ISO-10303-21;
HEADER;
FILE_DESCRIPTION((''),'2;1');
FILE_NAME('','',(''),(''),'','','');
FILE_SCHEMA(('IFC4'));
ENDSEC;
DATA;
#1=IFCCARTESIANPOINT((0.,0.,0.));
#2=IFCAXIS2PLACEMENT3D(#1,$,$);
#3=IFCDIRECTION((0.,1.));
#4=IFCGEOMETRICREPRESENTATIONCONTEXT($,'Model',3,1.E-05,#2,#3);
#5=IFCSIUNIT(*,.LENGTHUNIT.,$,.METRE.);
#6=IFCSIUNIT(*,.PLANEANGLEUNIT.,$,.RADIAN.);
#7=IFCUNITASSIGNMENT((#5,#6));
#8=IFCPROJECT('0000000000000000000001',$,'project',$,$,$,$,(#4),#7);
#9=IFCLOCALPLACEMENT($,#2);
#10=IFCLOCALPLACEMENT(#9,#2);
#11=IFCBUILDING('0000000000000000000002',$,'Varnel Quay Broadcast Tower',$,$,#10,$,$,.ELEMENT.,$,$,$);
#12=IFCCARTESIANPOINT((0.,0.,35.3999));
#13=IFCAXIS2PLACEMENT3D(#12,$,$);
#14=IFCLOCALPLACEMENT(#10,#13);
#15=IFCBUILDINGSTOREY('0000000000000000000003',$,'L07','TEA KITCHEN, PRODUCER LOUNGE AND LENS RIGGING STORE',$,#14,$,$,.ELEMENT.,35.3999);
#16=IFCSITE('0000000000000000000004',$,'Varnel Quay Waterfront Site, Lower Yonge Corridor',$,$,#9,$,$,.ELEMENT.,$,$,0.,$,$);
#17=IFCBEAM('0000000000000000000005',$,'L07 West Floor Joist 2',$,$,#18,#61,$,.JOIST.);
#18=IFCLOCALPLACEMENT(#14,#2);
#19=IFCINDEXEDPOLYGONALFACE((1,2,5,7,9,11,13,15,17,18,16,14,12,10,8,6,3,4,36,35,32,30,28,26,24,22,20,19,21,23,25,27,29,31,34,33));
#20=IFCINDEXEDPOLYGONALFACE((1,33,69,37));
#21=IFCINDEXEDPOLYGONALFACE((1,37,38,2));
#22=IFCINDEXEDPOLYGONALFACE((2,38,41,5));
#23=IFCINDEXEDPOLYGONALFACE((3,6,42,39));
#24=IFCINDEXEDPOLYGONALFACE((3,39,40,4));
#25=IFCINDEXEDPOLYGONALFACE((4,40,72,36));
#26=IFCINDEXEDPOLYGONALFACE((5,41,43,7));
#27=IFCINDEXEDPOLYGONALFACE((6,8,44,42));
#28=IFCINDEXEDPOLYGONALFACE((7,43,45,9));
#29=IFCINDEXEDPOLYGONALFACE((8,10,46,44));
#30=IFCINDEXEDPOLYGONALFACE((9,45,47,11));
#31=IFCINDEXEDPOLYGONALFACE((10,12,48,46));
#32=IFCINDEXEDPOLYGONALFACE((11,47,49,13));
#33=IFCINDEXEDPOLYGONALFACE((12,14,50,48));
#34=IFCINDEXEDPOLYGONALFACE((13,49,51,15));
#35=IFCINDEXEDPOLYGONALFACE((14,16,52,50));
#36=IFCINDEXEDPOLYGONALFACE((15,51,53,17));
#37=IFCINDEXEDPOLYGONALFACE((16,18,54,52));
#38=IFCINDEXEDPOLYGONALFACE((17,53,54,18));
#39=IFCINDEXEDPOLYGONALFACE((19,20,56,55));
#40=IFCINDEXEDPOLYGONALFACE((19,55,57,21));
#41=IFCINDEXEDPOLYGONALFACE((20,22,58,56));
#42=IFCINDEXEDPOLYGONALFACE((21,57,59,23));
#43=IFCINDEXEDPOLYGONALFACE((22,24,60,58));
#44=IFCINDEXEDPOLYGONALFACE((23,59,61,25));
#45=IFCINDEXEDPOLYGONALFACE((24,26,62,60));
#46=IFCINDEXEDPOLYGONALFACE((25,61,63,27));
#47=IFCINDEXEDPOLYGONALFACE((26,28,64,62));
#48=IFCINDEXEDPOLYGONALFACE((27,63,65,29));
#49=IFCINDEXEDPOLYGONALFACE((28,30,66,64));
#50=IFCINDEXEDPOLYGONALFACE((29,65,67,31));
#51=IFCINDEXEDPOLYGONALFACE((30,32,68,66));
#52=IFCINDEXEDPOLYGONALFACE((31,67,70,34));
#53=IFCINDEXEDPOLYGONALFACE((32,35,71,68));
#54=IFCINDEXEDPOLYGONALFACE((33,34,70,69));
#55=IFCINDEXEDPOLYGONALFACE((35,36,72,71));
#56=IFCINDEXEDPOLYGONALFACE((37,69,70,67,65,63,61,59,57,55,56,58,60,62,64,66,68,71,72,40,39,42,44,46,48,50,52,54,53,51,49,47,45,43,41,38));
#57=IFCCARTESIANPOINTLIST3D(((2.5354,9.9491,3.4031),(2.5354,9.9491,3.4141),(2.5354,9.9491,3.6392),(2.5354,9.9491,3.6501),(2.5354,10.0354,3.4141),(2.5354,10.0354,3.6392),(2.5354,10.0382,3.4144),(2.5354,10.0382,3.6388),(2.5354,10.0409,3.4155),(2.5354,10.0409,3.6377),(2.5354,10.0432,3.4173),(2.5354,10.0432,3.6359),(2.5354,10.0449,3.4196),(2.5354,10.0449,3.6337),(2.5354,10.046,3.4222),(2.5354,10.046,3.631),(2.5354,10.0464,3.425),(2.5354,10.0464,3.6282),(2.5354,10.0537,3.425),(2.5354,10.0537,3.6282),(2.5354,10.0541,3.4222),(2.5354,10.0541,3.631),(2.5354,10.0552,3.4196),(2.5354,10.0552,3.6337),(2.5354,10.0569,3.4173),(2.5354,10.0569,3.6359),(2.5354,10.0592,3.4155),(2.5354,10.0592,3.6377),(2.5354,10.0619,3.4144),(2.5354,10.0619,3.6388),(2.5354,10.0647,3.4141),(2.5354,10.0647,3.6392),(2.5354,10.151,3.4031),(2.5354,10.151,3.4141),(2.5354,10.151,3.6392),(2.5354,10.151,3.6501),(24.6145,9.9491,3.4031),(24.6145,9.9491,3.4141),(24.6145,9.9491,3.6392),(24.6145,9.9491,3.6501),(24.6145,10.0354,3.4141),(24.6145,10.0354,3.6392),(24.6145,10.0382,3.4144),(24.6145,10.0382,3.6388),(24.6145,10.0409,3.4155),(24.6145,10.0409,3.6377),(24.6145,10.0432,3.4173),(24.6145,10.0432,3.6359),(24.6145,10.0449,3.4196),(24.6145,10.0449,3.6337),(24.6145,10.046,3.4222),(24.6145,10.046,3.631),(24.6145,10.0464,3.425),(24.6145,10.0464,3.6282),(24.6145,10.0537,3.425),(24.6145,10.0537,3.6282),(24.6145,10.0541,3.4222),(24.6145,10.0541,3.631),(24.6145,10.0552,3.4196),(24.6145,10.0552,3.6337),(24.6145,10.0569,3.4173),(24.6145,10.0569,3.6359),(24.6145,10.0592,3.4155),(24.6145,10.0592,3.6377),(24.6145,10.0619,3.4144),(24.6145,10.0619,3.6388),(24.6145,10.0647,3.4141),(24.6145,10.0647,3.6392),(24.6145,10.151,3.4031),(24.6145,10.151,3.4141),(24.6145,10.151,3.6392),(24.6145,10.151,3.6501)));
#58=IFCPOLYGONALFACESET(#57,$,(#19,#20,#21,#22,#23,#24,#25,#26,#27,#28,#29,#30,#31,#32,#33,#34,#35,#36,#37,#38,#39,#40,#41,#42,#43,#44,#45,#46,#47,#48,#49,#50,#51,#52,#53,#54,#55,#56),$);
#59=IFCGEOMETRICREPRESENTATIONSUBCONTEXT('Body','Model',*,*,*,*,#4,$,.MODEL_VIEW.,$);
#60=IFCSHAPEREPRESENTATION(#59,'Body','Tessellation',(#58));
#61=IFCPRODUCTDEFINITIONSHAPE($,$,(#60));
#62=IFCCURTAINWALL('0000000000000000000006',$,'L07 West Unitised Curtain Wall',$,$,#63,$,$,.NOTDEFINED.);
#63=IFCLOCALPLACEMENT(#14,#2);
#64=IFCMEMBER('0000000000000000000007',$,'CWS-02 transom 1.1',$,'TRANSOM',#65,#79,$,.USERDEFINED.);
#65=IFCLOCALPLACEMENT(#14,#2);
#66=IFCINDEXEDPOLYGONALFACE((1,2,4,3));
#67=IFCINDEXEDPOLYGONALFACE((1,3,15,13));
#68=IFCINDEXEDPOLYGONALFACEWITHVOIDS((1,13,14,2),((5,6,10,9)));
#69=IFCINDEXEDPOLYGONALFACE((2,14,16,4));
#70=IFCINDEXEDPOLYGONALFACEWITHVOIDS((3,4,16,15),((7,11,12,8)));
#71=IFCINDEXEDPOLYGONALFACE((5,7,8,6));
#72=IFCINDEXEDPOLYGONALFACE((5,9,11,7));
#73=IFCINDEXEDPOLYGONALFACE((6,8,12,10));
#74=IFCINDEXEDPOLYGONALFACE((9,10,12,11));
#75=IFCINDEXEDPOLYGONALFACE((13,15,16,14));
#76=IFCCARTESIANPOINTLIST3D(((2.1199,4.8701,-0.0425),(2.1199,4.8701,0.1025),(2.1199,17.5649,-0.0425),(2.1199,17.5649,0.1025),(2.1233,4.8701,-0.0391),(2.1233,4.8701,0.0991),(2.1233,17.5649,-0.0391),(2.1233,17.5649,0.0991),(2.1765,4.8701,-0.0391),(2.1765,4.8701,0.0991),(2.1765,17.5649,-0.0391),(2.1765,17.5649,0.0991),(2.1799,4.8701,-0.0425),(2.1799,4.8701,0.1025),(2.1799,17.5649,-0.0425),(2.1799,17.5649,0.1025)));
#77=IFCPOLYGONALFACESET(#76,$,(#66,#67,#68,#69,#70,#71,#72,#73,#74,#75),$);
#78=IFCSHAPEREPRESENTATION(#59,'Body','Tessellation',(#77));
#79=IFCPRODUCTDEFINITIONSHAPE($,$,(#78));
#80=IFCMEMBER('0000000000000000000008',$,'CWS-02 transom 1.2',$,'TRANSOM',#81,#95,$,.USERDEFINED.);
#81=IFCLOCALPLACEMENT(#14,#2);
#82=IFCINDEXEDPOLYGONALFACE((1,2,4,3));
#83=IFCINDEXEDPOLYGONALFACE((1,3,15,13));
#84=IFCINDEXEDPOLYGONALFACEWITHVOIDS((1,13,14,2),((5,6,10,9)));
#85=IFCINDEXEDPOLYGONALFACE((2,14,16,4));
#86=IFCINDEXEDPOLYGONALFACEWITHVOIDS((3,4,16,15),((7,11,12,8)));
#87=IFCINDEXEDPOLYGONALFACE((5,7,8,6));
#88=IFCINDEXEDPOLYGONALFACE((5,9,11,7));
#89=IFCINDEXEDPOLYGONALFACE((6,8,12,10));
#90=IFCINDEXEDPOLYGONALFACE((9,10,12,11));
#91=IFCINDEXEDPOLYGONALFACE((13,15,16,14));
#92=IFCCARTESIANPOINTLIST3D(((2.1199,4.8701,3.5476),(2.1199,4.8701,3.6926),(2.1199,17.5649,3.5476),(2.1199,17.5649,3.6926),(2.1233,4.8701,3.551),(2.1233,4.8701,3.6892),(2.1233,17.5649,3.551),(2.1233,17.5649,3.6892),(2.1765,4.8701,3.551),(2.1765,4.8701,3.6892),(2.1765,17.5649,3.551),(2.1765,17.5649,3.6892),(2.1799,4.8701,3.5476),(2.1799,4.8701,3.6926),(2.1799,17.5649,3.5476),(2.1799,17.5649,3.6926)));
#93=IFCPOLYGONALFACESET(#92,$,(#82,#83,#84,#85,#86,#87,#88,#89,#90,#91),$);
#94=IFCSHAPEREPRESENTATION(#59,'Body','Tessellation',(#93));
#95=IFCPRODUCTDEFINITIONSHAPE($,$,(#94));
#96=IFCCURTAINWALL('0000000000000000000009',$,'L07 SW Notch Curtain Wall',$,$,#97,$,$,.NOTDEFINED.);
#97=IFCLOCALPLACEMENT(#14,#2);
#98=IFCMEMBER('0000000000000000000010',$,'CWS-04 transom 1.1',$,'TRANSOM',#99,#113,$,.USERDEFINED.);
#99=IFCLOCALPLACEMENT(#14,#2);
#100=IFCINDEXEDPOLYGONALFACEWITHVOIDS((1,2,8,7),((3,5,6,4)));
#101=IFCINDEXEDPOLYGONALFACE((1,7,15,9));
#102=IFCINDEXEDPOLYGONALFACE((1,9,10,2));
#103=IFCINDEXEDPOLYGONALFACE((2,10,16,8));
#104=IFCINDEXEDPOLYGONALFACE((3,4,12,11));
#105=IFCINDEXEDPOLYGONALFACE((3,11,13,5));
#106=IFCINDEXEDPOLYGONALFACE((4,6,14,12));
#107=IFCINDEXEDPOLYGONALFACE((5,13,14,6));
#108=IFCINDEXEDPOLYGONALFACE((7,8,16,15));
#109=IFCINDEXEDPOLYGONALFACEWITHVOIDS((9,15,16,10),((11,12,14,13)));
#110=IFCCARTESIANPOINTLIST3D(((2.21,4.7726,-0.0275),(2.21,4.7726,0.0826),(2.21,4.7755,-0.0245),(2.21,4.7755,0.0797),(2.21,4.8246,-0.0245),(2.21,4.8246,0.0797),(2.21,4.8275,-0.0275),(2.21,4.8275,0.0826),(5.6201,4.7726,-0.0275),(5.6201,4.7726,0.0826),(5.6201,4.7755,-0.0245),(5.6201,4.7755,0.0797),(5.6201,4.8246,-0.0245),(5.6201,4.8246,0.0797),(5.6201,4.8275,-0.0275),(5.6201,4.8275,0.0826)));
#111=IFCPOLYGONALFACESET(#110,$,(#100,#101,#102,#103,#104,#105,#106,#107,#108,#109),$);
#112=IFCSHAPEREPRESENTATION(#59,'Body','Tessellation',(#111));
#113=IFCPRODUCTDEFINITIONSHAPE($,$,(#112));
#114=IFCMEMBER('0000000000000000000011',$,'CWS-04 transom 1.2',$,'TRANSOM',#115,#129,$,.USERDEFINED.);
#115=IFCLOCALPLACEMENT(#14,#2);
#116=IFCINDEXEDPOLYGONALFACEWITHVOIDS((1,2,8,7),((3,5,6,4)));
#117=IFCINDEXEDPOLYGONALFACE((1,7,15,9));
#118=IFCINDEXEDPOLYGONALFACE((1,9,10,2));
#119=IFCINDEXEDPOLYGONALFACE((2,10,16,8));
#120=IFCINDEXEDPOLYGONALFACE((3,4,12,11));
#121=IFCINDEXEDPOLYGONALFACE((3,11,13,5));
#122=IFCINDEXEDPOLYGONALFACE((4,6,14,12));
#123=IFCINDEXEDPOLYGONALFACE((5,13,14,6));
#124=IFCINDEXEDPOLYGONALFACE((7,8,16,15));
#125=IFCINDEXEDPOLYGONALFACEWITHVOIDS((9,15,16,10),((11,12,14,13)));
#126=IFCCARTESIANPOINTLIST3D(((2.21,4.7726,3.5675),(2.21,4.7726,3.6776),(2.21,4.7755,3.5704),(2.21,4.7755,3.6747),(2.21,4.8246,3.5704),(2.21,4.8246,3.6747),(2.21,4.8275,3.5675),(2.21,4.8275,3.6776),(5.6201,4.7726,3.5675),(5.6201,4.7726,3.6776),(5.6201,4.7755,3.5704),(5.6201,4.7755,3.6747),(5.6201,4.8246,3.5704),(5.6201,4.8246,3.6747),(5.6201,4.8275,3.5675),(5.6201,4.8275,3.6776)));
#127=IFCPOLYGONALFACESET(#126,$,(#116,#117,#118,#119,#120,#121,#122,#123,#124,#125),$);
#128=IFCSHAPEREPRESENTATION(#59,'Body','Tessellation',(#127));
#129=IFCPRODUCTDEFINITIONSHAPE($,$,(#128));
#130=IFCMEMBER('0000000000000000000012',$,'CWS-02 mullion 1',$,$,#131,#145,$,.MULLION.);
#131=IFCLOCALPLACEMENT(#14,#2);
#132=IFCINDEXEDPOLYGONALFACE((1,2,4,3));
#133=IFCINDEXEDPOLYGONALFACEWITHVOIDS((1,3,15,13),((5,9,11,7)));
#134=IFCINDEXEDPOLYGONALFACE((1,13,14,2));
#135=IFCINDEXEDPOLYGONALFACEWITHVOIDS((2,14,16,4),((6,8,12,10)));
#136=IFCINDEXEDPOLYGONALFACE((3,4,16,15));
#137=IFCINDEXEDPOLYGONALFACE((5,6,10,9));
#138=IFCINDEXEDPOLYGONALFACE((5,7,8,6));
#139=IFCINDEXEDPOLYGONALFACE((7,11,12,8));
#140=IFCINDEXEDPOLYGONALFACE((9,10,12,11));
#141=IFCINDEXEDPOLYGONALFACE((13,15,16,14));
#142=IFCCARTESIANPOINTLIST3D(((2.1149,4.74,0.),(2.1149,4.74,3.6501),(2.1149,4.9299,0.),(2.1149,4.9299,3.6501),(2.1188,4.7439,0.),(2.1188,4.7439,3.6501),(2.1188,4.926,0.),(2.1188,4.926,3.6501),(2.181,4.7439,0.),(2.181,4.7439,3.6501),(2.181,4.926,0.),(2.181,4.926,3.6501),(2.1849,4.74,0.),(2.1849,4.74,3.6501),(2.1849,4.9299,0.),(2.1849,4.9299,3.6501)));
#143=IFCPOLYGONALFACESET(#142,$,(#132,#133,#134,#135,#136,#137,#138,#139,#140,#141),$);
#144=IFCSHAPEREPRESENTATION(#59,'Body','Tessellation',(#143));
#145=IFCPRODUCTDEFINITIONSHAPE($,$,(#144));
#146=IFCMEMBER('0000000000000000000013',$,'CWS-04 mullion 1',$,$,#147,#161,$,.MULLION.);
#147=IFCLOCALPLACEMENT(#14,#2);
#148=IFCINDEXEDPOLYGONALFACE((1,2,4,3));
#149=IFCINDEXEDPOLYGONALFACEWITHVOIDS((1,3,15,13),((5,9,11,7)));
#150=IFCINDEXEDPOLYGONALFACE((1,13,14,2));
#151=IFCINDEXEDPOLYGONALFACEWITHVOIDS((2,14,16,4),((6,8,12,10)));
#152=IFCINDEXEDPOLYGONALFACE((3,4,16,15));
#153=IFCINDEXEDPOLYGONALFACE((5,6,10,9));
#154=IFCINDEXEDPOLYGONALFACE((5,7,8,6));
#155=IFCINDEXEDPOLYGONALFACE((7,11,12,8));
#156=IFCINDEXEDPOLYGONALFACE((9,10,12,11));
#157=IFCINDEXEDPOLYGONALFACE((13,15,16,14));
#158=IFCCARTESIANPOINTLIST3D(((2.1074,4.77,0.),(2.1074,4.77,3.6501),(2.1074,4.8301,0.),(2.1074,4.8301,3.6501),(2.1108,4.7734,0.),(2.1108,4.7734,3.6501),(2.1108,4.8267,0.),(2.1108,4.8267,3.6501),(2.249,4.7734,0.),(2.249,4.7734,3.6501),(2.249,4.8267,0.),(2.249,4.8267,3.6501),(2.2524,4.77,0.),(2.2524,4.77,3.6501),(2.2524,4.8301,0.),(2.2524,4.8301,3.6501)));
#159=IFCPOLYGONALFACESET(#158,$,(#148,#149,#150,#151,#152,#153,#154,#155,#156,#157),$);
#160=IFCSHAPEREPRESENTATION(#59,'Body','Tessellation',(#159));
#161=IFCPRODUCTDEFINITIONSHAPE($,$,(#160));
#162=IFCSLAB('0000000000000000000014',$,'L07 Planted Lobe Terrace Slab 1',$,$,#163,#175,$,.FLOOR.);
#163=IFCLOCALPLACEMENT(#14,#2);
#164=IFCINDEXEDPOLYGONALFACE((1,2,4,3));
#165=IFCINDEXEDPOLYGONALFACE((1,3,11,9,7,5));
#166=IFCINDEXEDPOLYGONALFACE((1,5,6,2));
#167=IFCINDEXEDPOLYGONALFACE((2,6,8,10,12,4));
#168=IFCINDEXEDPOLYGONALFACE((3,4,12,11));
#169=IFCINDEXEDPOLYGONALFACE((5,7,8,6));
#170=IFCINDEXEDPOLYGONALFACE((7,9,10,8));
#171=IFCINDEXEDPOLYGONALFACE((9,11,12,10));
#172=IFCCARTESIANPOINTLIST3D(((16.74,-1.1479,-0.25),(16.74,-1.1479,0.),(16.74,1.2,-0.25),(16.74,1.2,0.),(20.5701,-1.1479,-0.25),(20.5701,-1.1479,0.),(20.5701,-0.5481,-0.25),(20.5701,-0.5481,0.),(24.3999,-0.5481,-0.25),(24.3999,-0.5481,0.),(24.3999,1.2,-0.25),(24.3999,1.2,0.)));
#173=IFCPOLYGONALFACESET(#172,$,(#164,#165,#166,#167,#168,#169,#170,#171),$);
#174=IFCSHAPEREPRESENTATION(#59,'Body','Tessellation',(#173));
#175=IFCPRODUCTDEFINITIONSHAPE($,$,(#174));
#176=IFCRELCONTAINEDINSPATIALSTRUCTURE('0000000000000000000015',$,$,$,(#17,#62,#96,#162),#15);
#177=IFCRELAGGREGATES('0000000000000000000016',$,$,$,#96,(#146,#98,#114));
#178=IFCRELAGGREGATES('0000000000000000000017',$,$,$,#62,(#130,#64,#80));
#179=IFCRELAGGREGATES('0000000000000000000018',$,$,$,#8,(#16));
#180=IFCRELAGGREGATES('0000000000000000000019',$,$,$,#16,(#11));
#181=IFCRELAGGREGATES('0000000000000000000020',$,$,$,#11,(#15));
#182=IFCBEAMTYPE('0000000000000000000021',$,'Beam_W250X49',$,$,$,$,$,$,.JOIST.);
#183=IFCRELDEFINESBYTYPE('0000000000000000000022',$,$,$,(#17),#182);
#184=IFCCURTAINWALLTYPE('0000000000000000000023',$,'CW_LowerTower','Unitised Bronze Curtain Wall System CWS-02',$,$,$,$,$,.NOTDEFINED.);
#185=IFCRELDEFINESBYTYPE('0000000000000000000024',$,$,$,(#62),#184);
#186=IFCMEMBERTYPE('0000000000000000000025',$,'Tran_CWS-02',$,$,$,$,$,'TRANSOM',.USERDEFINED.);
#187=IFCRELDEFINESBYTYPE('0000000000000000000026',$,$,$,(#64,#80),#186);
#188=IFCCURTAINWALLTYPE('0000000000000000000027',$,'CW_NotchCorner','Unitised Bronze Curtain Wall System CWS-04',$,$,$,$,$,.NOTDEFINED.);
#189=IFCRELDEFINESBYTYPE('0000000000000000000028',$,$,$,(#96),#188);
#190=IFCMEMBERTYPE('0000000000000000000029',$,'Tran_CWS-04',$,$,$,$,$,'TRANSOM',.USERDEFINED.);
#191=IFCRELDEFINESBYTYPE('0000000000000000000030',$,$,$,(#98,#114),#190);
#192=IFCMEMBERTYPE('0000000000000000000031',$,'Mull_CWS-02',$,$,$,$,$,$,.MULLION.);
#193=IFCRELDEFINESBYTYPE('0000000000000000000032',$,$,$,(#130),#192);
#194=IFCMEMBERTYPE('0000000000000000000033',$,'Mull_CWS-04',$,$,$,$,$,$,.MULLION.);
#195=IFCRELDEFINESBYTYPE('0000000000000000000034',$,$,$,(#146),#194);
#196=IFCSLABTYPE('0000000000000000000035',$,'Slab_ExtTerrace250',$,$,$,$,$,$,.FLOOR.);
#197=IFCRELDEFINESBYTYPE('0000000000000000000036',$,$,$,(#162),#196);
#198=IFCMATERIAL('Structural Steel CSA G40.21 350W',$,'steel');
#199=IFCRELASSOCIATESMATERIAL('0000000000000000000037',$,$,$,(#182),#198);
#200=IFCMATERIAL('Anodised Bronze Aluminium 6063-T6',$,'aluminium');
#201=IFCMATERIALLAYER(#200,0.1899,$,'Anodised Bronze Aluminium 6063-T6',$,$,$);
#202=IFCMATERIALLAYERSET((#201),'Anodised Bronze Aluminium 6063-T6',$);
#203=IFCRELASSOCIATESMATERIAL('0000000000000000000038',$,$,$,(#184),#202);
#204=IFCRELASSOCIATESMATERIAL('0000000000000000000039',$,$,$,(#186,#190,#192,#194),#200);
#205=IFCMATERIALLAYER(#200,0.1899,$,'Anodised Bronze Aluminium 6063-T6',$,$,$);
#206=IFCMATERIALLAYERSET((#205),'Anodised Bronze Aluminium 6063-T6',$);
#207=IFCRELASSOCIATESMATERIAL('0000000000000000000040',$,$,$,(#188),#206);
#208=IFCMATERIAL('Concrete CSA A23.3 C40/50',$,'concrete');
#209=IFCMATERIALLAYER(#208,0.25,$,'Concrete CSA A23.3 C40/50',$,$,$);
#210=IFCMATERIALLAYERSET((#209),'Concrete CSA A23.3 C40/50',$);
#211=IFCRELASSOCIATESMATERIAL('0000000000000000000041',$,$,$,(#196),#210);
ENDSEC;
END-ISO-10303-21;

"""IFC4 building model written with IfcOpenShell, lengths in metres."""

from ifc_helpers import new_model, si_unit, direction, frame, origin, origin_2d, place, context, subcontext, project, spatial, polyline, hollow_rectangle, i_section, outline, extrude, source, transform, mapped, material, layer, layer_set, material_profile, profile_set, type_object, type_shapes, element, aggregate, save


model = new_model("IFC4")

# Units and contexts
model_context = context("Model", 3, precision=1e-05, world=origin(), true_north=direction((0.0, 1.0)))
body_context = subcontext(model_context, "Body", "Model", "MODEL_VIEW")
ifc_project = project(units=[si_unit("LENGTHUNIT", "METRE"), si_unit("PLANEANGLEUNIT", "RADIAN")], contexts=[model_context])

# Site, building, storey
site_placement = place(None, origin())
site = spatial("IfcSite", under=ifc_project, at=site_placement, Name="Varnel Quay Waterfront Site, Lower Yonge Corridor", CompositionType="ELEMENT", RefElevation=0.0)
building_placement = place(site_placement, origin())
building = spatial("IfcBuilding", under=site, at=building_placement, Name="Varnel Quay Broadcast Tower", CompositionType="ELEMENT")
storey_placement = place(building_placement, frame((0.0, 0.0, 35.3999)))
storey = spatial("IfcBuildingStorey", under=building, at=storey_placement, Name="L07", Description="TEA KITCHEN, PRODUCER LOUNGE AND LENS RIGGING STORE", CompositionType="ELEMENT", Elevation=35.3999)

# Beam
ifc_material_1 = material(Name="Structural Steel CSA G40.21 350W", Category="steel")
ifc_material_profile_1 = material_profile(ifc_material_1, i_section(OverallWidth=0.2019, OverallDepth=0.2471, WebThickness=0.0073, FlangeThickness=0.011, FilletRadius=0.011, at=origin_2d()), Name="W250X49")
ifc_profile_set_1 = profile_set([ifc_material_profile_1], Name="Structural Steel CSA G40.21 350W")
beam_type_1 = type_object("IfcBeamType", Name="Beam_W250X49", PredefinedType="JOIST", material=ifc_profile_set_1)
shared_shape_1 = source(origin(), body_context, "Body", "SweptSolid", [
    extrude(i_section(OverallWidth=0.2019, OverallDepth=0.2471, WebThickness=0.0073, FlangeThickness=0.011, FilletRadius=0.011, at=origin_2d()), origin(), (0.0, 0.0, 1.0), 22.0791),
])
type_shapes(beam_type_1, [shared_shape_1])
beam_1_placement = place(storey_placement, frame((2.5354, 10.05, 3.5266), z_axis=(1.0, 0.0, 0.0), x_axis=(0.0, 1.0, 0.0)))
element("IfcBeam", 1, at=beam_1_placement, inside=storey, type_object=beam_type_1, Name="L07 West Floor Joist 2", PredefinedType="JOIST", context=body_context, shape_type="MappedRepresentation", body=[
    mapped(shared_shape_1, transform((0.0, 0.0, 0.0), x_axis=(1.0, 0.0, 0.0), y_axis=(0.0, 1.0, 0.0), z_axis=(0.0, 0.0, 1.0), scale=1.0)),
])

# Curtain walls, members
ifc_material_2 = material(Name="Anodised Bronze Aluminium 6063-T6", Category="aluminium")
ifc_layer_1 = layer(ifc_material_2, 0.1899, Name="Anodised Bronze Aluminium 6063-T6")
ifc_layer_set_1 = layer_set([ifc_layer_1], Name="Anodised Bronze Aluminium 6063-T6")
curtain_wall_type_1 = type_object("IfcCurtainWallType", Name="CW_LowerTower", Description="Unitised Bronze Curtain Wall System CWS-02", PredefinedType="NOTDEFINED", material=ifc_layer_set_1)
curtain_wall_1_placement = place(storey_placement, origin())
curtain_wall_1 = element("IfcCurtainWall", 2, at=curtain_wall_1_placement, inside=storey, type_object=curtain_wall_type_1, Name="L07 West Unitised Curtain Wall", PredefinedType="NOTDEFINED")
ifc_material_profile_2 = material_profile(ifc_material_2, hollow_rectangle(XDim=0.0601, YDim=0.145, WallThickness=0.0034, at=origin_2d()), Name="ALU60X145X3.5")
ifc_profile_set_2 = profile_set([ifc_material_profile_2], Name="Anodised Bronze Aluminium 6063-T6")
member_type_1 = type_object("IfcMemberType", Name="Tran_CWS-02", ElementType="TRANSOM", PredefinedType="USERDEFINED", material=ifc_profile_set_2)
shared_shape_2 = source(origin(), body_context, "Body", "SweptSolid", [
    extrude(hollow_rectangle(XDim=0.0601, YDim=0.145, WallThickness=0.0034, at=origin_2d()), origin(), (0.0, 0.0, 1.0), 12.6948),
])
type_shapes(member_type_1, [shared_shape_2])
member_1_placement = place(storey_placement, frame((2.1499, 4.8701, 0.03), z_axis=(0.0, 1.0, 0.0), x_axis=(-1.0, 0.0, 0.0)))
member_1 = element("IfcMember", 3, at=member_1_placement, type_object=member_type_1, Name="CWS-02 transom 1.1", ObjectType="TRANSOM", PredefinedType="USERDEFINED", context=body_context, shape_type="MappedRepresentation", body=[
    mapped(shared_shape_2, transform((0.0, 0.0, 0.0), x_axis=(1.0, 0.0, 0.0), y_axis=(0.0, 1.0, 0.0), z_axis=(0.0, 0.0, 1.0), scale=1.0)),
])
member_2_placement = place(storey_placement, frame((2.1499, 4.8701, 3.6201), z_axis=(0.0, 1.0, 0.0), x_axis=(-1.0, 0.0, 0.0)))
member_2 = element("IfcMember", 4, at=member_2_placement, type_object=member_type_1, Name="CWS-02 transom 1.2", ObjectType="TRANSOM", PredefinedType="USERDEFINED", context=body_context, shape_type="MappedRepresentation", body=[
    mapped(shared_shape_2, transform((0.0, 0.0, 0.0), x_axis=(1.0, 0.0, 0.0), y_axis=(0.0, 1.0, 0.0), z_axis=(0.0, 0.0, 1.0), scale=1.0)),
])
ifc_layer_2 = layer(ifc_material_2, 0.1899, Name="Anodised Bronze Aluminium 6063-T6")
ifc_layer_set_2 = layer_set([ifc_layer_2], Name="Anodised Bronze Aluminium 6063-T6")
curtain_wall_type_2 = type_object("IfcCurtainWallType", Name="CW_NotchCorner", Description="Unitised Bronze Curtain Wall System CWS-04", PredefinedType="NOTDEFINED", material=ifc_layer_set_2)
curtain_wall_2_placement = place(storey_placement, origin())
curtain_wall_2 = element("IfcCurtainWall", 5, at=curtain_wall_2_placement, inside=storey, type_object=curtain_wall_type_2, Name="L07 SW Notch Curtain Wall", PredefinedType="NOTDEFINED")
ifc_material_profile_3 = material_profile(ifc_material_2, hollow_rectangle(XDim=0.0549, YDim=0.1101, WallThickness=0.0029, at=origin_2d()), Name="ALU55X110X3")
ifc_profile_set_3 = profile_set([ifc_material_profile_3], Name="Anodised Bronze Aluminium 6063-T6")
member_type_2 = type_object("IfcMemberType", Name="Tran_CWS-04", ElementType="TRANSOM", PredefinedType="USERDEFINED", material=ifc_profile_set_3)
shared_shape_3 = source(origin(), body_context, "Body", "SweptSolid", [
    extrude(hollow_rectangle(XDim=0.0549, YDim=0.1101, WallThickness=0.0029, at=origin_2d()), origin(), (0.0, 0.0, 1.0), 3.4102),
])
type_shapes(member_type_2, [shared_shape_3])
member_3_placement = place(storey_placement, frame((2.21, 4.8, 0.0276), z_axis=(1.0, 0.0, 0.0), x_axis=(0.0, 1.0, 0.0)))
member_3 = element("IfcMember", 6, at=member_3_placement, type_object=member_type_2, Name="CWS-04 transom 1.1", ObjectType="TRANSOM", PredefinedType="USERDEFINED", context=body_context, shape_type="MappedRepresentation", body=[
    mapped(shared_shape_3, transform((0.0, 0.0, 0.0), x_axis=(1.0, 0.0, 0.0), y_axis=(0.0, 1.0, 0.0), z_axis=(0.0, 0.0, 1.0), scale=1.0)),
])
member_4_placement = place(storey_placement, frame((2.21, 4.8, 3.6226), z_axis=(1.0, 0.0, 0.0), x_axis=(0.0, 1.0, 0.0)))
member_4 = element("IfcMember", 7, at=member_4_placement, type_object=member_type_2, Name="CWS-04 transom 1.2", ObjectType="TRANSOM", PredefinedType="USERDEFINED", context=body_context, shape_type="MappedRepresentation", body=[
    mapped(shared_shape_3, transform((0.0, 0.0, 0.0), x_axis=(1.0, 0.0, 0.0), y_axis=(0.0, 1.0, 0.0), z_axis=(0.0, 0.0, 1.0), scale=1.0)),
])

# Members
ifc_material_profile_4 = material_profile(ifc_material_2, hollow_rectangle(XDim=0.0701, YDim=0.1899, WallThickness=0.0039, at=origin_2d()), Name="ALU70X190X4")
ifc_profile_set_4 = profile_set([ifc_material_profile_4], Name="Anodised Bronze Aluminium 6063-T6")
member_type_3 = type_object("IfcMemberType", Name="Mull_CWS-02", PredefinedType="MULLION", material=ifc_profile_set_4)
shared_shape_4 = source(origin(), body_context, "Body", "SweptSolid", [
    extrude(hollow_rectangle(XDim=0.0701, YDim=0.1899, WallThickness=0.0039, at=origin_2d()), origin(), (0.0, 0.0, 1.0), 3.6501),
])
type_shapes(member_type_3, [shared_shape_4])
member_5_placement = place(storey_placement, frame((2.1499, 4.835, 0.0), z_axis=(0.0, 0.0, 1.0), x_axis=(-1.0, 0.0, 0.0)))
member_5 = element("IfcMember", 8, at=member_5_placement, type_object=member_type_3, Name="CWS-02 mullion 1", PredefinedType="MULLION", context=body_context, shape_type="MappedRepresentation", body=[
    mapped(shared_shape_4, transform((0.0, 0.0, 0.0), x_axis=(1.0, 0.0, 0.0), y_axis=(0.0, 1.0, 0.0), z_axis=(0.0, 0.0, 1.0), scale=1.0)),
])
ifc_material_profile_5 = material_profile(ifc_material_2, hollow_rectangle(XDim=0.0601, YDim=0.145, WallThickness=0.0034, at=origin_2d()), Name="ALU60X145X3.5")
ifc_profile_set_5 = profile_set([ifc_material_profile_5], Name="Anodised Bronze Aluminium 6063-T6")
member_type_4 = type_object("IfcMemberType", Name="Mull_CWS-04", PredefinedType="MULLION", material=ifc_profile_set_5)
shared_shape_5 = source(origin(), body_context, "Body", "SweptSolid", [
    extrude(hollow_rectangle(XDim=0.0601, YDim=0.145, WallThickness=0.0034, at=origin_2d()), origin(), (0.0, 0.0, 1.0), 3.6501),
])
type_shapes(member_type_4, [shared_shape_5])
member_6_placement = place(storey_placement, frame((2.1799, 4.8, 0.0), z_axis=(0.0, 0.0, 1.0), x_axis=(0.0, 1.0, 0.0)))
member_6 = element("IfcMember", 9, at=member_6_placement, type_object=member_type_4, Name="CWS-04 mullion 1", PredefinedType="MULLION", context=body_context, shape_type="MappedRepresentation", body=[
    mapped(shared_shape_5, transform((0.0, 0.0, 0.0), x_axis=(1.0, 0.0, 0.0), y_axis=(0.0, 1.0, 0.0), z_axis=(0.0, 0.0, 1.0), scale=1.0)),
])

# Slab
ifc_material_3 = material(Name="Concrete CSA A23.3 C40/50", Category="concrete")
ifc_layer_3 = layer(ifc_material_3, 0.25, Name="Concrete CSA A23.3 C40/50")
ifc_layer_set_3 = layer_set([ifc_layer_3], Name="Concrete CSA A23.3 C40/50")
slab_type_1 = type_object("IfcSlabType", Name="Slab_ExtTerrace250", PredefinedType="FLOOR", material=ifc_layer_set_3)
slab_1_placement = place(storey_placement, frame((0.0, 0.0, -0.25)))
element("IfcSlab", 10, at=slab_1_placement, inside=storey, type_object=slab_type_1, Name="L07 Planted Lobe Terrace Slab 1", PredefinedType="FLOOR", context=body_context, shape_type="SweptSolid", body=[
    extrude(outline(polyline([(16.74, -1.1479), (20.5701, -1.1479), (20.5701, -0.5481), (24.3999, -0.5481), (24.3999, 1.2), (16.74, 1.2), (16.74, -1.1479)])), origin(), (0.0, 0.0, 1.0), 0.25),
])

aggregate(curtain_wall_2, [member_6, member_3, member_4])
aggregate(curtain_wall_1, [member_5, member_1, member_2])

save(model, "model.ifc")
